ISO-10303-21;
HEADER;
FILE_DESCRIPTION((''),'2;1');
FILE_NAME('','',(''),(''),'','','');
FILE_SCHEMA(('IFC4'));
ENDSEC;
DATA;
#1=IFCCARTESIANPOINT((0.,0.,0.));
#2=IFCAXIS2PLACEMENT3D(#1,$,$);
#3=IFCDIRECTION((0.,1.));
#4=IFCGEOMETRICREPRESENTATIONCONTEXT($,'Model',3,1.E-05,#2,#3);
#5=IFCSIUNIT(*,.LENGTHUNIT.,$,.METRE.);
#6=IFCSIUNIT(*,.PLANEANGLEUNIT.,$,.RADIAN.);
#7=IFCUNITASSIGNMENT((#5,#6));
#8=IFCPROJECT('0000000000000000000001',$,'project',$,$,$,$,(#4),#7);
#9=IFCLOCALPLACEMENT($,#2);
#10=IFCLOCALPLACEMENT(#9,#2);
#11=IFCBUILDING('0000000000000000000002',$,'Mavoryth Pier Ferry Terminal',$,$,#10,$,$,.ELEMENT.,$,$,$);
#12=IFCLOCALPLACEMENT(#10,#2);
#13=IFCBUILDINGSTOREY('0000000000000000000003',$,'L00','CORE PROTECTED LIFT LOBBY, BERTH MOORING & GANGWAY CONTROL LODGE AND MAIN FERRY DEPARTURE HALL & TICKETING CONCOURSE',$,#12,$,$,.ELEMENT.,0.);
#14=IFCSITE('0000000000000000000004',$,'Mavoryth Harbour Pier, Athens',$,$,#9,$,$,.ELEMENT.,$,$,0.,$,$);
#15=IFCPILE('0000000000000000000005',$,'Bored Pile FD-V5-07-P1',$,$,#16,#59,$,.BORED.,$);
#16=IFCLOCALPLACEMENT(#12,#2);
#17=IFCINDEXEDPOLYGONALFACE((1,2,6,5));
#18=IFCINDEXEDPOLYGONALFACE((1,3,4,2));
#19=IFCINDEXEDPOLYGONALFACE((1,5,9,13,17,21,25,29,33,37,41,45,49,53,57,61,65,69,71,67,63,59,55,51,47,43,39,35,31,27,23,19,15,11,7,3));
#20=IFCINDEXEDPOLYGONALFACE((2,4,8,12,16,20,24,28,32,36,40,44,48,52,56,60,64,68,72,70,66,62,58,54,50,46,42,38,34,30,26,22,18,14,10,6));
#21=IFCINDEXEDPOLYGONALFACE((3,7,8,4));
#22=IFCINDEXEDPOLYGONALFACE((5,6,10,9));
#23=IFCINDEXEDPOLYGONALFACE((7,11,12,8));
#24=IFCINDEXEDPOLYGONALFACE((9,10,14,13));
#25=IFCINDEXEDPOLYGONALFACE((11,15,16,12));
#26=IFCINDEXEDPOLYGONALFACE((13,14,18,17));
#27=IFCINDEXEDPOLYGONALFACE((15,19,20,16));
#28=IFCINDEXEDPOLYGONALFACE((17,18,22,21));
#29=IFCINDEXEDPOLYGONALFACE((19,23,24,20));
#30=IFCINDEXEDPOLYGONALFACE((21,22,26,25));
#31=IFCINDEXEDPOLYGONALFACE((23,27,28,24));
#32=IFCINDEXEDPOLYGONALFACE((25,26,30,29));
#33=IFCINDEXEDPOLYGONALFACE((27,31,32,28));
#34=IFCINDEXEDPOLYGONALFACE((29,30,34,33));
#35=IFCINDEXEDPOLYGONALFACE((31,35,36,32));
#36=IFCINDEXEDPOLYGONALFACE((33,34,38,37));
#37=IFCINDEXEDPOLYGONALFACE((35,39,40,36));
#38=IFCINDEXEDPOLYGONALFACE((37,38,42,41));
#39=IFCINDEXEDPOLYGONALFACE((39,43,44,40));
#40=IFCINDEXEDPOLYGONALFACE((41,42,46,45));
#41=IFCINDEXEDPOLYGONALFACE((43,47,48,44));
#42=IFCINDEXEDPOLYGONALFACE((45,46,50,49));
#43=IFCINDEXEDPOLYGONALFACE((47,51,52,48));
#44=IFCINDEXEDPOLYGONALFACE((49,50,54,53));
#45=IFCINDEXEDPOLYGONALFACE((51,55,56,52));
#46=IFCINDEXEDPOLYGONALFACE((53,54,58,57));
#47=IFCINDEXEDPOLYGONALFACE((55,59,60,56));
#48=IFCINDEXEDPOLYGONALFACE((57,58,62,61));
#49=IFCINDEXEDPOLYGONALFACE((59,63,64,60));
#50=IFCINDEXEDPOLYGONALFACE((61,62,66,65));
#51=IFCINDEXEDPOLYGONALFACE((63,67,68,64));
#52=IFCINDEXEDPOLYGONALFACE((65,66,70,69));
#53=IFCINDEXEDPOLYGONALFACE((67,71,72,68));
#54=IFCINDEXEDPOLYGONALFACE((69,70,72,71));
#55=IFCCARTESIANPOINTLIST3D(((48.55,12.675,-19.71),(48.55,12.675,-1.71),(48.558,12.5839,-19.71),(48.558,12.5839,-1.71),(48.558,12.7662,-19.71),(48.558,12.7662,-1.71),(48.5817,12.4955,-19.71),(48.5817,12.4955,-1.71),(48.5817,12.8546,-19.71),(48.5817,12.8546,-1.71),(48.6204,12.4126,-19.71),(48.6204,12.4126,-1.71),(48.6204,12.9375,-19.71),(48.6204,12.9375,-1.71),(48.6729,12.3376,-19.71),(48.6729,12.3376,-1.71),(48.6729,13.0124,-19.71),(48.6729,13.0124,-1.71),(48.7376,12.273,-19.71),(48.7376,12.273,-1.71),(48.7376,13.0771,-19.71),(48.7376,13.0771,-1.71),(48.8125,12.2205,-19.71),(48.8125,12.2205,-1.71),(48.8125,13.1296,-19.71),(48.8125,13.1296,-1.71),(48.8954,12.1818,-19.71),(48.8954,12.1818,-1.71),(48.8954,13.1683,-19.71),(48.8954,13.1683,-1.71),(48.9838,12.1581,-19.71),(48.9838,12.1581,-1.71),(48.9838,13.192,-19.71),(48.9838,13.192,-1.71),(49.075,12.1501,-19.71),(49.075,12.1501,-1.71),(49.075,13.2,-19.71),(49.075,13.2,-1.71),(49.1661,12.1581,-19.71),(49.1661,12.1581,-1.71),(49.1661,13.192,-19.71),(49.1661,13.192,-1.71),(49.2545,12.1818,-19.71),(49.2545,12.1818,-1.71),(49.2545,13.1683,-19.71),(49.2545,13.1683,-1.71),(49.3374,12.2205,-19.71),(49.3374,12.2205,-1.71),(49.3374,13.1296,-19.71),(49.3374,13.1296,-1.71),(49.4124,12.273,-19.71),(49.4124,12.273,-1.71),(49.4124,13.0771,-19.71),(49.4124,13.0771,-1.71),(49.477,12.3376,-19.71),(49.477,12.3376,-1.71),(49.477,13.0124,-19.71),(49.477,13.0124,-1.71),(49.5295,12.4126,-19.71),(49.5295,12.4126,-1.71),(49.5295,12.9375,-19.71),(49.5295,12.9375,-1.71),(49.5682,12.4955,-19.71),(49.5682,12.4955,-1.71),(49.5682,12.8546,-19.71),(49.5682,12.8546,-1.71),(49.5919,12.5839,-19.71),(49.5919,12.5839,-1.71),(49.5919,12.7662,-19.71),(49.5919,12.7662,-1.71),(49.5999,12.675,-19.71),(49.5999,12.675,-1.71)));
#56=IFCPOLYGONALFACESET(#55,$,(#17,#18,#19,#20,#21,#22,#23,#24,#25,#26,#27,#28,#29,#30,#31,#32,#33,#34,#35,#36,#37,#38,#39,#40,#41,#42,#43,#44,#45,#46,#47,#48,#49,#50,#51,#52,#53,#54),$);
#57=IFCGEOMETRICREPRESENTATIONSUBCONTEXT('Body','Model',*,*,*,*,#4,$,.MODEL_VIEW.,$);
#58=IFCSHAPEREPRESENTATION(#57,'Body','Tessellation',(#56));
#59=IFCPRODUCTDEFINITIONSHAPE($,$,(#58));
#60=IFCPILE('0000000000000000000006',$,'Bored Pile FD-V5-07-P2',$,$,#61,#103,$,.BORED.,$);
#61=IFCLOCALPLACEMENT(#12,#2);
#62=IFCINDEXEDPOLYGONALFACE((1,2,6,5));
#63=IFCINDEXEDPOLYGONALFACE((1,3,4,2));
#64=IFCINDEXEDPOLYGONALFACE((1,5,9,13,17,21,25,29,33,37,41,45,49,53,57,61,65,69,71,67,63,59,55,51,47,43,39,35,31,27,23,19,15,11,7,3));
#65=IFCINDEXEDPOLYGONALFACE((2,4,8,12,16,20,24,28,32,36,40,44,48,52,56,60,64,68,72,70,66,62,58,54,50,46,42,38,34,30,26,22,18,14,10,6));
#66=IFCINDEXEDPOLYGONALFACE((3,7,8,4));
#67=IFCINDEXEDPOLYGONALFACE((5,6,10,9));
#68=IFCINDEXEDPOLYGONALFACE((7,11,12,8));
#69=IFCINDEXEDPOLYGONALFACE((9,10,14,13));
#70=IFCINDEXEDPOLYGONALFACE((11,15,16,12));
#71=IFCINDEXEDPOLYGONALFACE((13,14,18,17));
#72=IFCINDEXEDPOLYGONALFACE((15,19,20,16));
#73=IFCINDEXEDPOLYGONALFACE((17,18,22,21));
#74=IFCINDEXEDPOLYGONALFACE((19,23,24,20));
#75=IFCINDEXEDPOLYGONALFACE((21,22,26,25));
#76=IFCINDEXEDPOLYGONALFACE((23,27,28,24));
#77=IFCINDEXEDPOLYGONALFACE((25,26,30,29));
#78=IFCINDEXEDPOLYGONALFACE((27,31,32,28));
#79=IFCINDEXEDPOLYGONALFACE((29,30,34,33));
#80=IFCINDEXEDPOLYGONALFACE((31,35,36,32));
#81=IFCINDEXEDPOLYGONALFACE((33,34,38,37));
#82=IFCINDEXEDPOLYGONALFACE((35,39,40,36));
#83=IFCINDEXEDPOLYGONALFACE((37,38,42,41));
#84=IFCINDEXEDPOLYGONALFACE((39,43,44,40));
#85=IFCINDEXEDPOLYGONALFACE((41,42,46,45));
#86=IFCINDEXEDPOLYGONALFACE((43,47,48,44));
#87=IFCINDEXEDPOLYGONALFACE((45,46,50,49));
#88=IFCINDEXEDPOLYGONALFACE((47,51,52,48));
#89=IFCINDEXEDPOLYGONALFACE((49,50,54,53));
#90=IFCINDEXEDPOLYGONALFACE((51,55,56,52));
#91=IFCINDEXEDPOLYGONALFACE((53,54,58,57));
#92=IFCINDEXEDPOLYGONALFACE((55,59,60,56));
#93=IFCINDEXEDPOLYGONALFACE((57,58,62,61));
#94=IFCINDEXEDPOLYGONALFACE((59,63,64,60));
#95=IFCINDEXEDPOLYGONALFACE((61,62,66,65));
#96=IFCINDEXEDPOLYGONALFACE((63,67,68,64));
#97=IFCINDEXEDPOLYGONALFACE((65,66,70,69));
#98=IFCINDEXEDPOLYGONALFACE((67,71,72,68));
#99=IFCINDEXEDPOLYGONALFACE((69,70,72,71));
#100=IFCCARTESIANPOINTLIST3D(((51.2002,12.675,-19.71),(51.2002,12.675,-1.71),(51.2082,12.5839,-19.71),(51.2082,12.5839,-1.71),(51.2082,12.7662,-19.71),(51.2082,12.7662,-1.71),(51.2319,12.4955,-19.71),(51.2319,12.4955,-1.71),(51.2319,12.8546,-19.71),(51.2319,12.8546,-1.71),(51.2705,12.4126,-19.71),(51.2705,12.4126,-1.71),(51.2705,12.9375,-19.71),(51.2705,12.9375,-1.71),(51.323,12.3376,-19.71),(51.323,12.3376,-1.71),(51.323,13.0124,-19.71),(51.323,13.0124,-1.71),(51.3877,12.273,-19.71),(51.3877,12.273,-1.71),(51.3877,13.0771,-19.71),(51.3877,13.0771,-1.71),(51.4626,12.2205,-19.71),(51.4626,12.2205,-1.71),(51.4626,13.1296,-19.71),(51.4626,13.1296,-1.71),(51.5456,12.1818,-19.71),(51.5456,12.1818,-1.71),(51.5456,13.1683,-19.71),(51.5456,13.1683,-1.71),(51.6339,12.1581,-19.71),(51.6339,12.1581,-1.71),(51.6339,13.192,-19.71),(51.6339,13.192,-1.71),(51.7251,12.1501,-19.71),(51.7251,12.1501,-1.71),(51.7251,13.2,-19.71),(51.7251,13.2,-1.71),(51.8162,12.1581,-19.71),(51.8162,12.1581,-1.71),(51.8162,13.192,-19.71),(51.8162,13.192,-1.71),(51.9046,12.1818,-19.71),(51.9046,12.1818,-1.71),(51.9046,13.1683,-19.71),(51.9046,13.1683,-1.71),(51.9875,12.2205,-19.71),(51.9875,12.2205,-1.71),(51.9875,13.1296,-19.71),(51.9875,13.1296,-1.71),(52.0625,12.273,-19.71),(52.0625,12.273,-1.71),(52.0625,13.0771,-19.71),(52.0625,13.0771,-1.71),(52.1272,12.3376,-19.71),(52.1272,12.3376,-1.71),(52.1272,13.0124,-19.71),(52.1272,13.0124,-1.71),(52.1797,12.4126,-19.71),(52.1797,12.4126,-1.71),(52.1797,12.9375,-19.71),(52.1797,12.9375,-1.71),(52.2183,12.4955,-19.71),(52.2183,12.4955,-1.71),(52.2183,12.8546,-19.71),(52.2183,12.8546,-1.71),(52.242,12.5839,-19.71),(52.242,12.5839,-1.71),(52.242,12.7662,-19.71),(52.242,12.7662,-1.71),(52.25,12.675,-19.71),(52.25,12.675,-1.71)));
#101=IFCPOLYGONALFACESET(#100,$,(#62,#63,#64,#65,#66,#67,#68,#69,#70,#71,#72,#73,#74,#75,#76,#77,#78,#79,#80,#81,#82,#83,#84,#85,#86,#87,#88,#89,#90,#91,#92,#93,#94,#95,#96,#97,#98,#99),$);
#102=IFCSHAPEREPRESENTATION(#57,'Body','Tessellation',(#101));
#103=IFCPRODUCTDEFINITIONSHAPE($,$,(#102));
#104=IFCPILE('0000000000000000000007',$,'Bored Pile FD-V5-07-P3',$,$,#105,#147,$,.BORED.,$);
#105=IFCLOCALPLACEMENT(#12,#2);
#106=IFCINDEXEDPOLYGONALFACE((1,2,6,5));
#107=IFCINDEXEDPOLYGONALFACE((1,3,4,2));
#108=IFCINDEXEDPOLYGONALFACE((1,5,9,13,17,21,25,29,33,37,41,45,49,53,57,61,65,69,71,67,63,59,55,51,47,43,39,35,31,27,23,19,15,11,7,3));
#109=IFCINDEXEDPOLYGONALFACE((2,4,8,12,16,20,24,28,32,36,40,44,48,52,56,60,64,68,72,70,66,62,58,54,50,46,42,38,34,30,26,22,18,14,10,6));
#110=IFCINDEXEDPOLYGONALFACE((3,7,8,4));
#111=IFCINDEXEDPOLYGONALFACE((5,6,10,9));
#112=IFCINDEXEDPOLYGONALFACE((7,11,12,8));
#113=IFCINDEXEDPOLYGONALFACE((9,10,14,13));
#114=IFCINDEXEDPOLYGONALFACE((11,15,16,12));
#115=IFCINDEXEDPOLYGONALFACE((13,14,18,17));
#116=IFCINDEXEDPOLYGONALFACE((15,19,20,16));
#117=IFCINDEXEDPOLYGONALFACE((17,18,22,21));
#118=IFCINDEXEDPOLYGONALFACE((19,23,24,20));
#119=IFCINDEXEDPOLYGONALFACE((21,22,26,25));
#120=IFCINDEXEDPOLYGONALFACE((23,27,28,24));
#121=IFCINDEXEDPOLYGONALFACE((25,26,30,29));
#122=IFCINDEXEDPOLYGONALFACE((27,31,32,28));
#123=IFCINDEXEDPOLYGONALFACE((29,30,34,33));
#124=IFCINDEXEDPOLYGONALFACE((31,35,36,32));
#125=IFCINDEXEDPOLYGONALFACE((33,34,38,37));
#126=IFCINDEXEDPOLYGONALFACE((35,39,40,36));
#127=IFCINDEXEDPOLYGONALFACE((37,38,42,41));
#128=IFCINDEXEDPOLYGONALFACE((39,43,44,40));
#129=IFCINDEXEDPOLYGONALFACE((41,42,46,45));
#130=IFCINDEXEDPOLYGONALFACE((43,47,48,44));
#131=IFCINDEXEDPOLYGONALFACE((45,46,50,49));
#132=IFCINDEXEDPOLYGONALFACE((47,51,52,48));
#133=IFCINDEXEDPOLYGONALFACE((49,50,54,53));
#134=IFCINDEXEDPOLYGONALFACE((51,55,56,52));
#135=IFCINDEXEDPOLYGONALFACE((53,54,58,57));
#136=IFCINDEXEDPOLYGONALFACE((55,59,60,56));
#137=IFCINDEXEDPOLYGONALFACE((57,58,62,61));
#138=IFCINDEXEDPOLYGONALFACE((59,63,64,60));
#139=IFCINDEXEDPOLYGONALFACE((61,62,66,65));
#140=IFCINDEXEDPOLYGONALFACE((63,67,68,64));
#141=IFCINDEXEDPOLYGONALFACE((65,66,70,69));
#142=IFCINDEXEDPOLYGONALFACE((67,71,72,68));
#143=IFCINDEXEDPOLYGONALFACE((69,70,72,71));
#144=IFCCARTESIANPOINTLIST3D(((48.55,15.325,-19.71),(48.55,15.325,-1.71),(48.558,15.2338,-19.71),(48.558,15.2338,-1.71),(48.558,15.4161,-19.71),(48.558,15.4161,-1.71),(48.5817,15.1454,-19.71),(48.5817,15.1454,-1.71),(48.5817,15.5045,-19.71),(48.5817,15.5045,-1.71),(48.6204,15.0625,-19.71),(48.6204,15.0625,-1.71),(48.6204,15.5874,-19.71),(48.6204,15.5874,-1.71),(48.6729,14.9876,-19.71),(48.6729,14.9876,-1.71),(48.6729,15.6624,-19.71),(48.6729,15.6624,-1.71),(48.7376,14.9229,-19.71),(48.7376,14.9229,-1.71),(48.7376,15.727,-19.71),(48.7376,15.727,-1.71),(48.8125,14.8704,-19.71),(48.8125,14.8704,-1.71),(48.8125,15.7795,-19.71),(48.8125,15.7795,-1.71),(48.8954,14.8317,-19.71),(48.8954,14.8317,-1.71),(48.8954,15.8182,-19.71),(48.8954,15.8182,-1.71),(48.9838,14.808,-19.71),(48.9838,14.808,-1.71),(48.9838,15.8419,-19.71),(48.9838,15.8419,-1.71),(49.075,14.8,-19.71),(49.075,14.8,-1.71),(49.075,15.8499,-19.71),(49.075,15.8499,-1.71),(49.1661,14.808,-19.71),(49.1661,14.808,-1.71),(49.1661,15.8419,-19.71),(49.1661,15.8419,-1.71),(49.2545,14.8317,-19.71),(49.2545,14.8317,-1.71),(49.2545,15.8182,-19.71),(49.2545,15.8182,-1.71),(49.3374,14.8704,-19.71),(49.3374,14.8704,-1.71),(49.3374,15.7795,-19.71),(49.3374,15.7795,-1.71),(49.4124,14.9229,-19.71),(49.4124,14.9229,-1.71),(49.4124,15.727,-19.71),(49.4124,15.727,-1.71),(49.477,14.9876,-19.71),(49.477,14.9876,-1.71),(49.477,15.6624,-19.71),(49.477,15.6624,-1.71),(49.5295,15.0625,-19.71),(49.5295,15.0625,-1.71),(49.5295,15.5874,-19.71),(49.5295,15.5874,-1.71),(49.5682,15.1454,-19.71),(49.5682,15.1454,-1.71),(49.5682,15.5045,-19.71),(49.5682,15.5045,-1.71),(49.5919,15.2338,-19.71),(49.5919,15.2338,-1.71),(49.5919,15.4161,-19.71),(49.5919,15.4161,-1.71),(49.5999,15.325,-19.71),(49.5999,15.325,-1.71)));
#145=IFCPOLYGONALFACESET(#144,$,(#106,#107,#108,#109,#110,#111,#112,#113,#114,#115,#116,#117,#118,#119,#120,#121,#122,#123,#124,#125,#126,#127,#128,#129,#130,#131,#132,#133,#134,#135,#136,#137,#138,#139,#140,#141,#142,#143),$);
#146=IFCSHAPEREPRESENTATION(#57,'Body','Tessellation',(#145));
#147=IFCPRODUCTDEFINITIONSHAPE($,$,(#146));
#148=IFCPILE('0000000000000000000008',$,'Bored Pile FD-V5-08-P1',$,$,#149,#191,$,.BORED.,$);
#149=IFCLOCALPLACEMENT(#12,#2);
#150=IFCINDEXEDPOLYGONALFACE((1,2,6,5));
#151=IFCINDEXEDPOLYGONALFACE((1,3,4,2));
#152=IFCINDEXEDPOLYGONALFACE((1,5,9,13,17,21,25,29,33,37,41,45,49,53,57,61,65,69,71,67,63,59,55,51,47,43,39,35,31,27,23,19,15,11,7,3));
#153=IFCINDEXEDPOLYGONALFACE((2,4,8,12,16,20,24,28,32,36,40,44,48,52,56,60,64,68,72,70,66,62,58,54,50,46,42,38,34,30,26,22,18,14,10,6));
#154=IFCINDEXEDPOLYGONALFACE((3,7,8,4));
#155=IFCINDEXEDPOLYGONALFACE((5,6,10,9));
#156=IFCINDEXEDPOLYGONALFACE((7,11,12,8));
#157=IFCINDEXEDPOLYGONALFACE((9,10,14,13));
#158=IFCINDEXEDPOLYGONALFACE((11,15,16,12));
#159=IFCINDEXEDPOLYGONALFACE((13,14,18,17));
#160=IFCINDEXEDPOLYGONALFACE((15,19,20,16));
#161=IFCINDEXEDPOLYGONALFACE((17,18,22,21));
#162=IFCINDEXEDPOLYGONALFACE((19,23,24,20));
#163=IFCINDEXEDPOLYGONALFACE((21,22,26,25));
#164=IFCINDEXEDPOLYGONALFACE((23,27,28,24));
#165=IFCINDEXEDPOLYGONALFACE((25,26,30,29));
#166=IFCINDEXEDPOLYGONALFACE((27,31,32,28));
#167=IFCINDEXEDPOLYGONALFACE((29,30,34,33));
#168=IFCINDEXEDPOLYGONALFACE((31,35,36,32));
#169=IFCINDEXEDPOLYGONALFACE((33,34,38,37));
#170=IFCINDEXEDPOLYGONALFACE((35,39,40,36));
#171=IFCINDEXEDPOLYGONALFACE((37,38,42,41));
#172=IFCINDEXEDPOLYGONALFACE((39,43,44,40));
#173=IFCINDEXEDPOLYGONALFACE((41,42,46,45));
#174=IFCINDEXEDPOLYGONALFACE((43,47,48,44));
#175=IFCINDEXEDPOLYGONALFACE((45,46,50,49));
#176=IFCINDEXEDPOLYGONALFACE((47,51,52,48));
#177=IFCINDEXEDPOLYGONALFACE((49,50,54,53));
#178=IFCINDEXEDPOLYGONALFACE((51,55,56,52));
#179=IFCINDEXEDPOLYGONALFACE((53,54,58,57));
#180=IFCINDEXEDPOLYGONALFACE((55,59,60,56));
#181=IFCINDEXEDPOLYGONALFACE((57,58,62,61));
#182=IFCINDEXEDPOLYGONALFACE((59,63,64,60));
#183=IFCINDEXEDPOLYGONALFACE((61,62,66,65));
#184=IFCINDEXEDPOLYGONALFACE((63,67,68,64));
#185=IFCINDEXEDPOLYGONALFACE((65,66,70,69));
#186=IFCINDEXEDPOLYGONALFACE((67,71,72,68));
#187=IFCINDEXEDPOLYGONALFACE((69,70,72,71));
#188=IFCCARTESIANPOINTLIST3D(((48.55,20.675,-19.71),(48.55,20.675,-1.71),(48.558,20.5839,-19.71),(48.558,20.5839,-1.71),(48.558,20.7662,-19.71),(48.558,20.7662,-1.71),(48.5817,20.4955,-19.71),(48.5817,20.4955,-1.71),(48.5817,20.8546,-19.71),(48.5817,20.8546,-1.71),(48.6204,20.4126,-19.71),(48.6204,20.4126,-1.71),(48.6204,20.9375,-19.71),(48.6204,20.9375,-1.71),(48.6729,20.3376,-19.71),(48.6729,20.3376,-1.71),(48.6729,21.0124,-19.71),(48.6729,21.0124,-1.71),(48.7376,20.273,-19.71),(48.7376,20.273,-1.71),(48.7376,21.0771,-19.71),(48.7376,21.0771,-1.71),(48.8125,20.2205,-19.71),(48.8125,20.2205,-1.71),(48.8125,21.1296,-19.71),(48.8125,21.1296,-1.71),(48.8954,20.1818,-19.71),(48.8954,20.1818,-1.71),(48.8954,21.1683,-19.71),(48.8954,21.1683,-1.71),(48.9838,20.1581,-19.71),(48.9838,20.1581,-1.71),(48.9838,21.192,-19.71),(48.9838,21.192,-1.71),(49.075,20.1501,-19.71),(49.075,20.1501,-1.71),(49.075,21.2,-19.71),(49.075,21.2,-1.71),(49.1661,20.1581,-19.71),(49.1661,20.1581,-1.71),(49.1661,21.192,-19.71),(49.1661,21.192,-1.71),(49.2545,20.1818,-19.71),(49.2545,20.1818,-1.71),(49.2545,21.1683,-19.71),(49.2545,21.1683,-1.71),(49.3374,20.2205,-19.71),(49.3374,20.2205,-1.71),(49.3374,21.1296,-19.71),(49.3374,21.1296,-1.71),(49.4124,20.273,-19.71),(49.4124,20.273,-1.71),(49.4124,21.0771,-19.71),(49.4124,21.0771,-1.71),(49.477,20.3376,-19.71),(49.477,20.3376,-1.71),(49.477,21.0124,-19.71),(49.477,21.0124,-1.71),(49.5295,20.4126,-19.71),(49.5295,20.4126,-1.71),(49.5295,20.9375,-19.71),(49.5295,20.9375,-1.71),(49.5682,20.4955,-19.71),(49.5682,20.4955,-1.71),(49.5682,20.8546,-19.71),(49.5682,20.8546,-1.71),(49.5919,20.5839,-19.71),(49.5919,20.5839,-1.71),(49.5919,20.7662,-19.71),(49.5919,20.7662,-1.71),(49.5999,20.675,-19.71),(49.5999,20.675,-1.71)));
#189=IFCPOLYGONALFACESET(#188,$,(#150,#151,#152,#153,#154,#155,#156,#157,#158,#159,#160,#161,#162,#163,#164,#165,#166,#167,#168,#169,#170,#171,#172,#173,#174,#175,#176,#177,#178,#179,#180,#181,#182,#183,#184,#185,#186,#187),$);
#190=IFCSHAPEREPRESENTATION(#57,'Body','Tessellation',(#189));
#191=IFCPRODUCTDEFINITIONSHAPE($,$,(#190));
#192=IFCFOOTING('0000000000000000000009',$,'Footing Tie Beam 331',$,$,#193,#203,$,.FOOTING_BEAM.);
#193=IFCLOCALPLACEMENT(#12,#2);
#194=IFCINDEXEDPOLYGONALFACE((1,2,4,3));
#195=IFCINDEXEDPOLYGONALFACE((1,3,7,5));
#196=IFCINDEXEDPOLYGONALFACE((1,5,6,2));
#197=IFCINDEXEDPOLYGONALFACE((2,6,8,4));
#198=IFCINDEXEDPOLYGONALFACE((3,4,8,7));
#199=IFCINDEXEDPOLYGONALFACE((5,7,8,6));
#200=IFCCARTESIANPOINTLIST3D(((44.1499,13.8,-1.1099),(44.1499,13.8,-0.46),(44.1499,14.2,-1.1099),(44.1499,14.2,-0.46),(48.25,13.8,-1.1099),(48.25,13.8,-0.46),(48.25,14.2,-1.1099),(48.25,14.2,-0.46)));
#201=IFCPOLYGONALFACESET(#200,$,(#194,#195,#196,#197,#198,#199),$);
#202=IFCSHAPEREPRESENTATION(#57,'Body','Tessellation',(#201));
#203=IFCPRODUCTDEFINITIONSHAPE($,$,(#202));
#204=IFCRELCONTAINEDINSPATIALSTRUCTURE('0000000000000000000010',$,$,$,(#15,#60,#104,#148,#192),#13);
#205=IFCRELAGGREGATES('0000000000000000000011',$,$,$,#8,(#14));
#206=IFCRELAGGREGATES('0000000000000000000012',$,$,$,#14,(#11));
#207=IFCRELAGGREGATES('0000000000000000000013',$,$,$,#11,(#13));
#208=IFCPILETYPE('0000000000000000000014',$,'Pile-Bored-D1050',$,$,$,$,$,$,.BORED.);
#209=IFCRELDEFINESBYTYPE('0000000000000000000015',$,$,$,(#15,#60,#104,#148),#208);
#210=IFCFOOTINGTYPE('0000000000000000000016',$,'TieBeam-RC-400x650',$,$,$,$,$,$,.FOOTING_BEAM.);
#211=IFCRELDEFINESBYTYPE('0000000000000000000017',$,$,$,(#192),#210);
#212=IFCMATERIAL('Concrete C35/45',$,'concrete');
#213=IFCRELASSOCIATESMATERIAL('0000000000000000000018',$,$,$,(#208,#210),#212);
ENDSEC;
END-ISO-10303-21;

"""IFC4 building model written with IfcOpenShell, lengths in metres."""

from ifc_helpers import new_model, si_unit, direction, frame, origin, origin_2d, place, context, subcontext, project, spatial, rectangle, circle, extrude, material, material_profile, profile_set, type_object, element, save


model = new_model("IFC4")

# Units and contexts
model_context = context("Model", 3, precision=1e-05, world=origin(), true_north=direction((0.0, 1.0)))
body_context = subcontext(model_context, "Body", "Model", "MODEL_VIEW")
ifc_project = project(units=[si_unit("LENGTHUNIT", "METRE"), si_unit("PLANEANGLEUNIT", "RADIAN")], contexts=[model_context])

# Site, building, storey
site_placement = place(None, origin())
site = spatial("IfcSite", under=ifc_project, at=site_placement, Name="Mavoryth Harbour Pier, Athens", CompositionType="ELEMENT", RefElevation=0.0)
building_placement = place(site_placement, origin())
building = spatial("IfcBuilding", under=site, at=building_placement, Name="Mavoryth Pier Ferry Terminal", CompositionType="ELEMENT")
storey_placement = place(building_placement, origin())
storey = spatial("IfcBuildingStorey", under=building, at=storey_placement, Name="L00", Description="CORE PROTECTED LIFT LOBBY, BERTH MOORING & GANGWAY CONTROL LODGE AND MAIN FERRY DEPARTURE HALL & TICKETING CONCOURSE", CompositionType="ELEMENT", Elevation=0.0)

# Shared definitions
ifc_material_1 = material(Name="Concrete C35/45", Category="concrete")

# Piles
ifc_material_profile_1 = material_profile(ifc_material_1, circle(Radius=0.5249, at=origin_2d()), Name="PILE D1050", Category="concrete")
ifc_profile_set_1 = profile_set([ifc_material_profile_1], Name="Concrete C35/45 - PILE D1050")
pile_type = type_object("IfcPileType", Name="Pile-Bored-D1050", PredefinedType="BORED", material=ifc_profile_set_1)
for number, where, z_axis, x_axis, name in (
    (1, (49.075, 12.675, -1.71), (0.0, 0.0, -1.0), (1.0, 0.0, 0.0), "Bored Pile FD-V5-07-P1"),
    (2, (51.7251, 12.675, -1.71), (0.0, 0.0, -1.0), (1.0, 0.0, 0.0), "Bored Pile FD-V5-07-P2"),
    (3, (49.075, 15.325, -1.71), (0.0, 0.0, -1.0), (1.0, 0.0, 0.0), "Bored Pile FD-V5-07-P3"),
    (4, (49.075, 20.675, -1.71), (0.0, 0.0, -1.0), (1.0, 0.0, 0.0), "Bored Pile FD-V5-08-P1"),
):
    element("IfcPile", number, at=place(storey_placement, frame(where, z_axis=z_axis, x_axis=x_axis)), inside=storey, type_object=pile_type, Name=name, PredefinedType="BORED", context=body_context, shape_type="SweptSolid", body=[
        extrude(circle(Radius=0.5249, at=origin_2d()), origin(), (0.0, 0.0, 1.0), 18.0),
    ])

# Footing
ifc_material_profile_2 = material_profile(ifc_material_1, rectangle(XDim=0.3999, YDim=0.6499, at=origin_2d()), Name="RC 400x650", Category="concrete")
ifc_profile_set_2 = profile_set([ifc_material_profile_2], Name="Concrete C35/45 - RC 400x650")
footing_type_1 = type_object("IfcFootingType", Name="TieBeam-RC-400x650", PredefinedType="FOOTING_BEAM", material=ifc_profile_set_2)
for number, where, z_axis, x_axis, name in (
    (5, (44.1499, 14.0, -0.7849), (1.0, 0.0, 0.0), (0.0, 1.0, 0.0), "Footing Tie Beam 331"),
):
    element("IfcFooting", number, at=place(storey_placement, frame(where, z_axis=z_axis, x_axis=x_axis)), inside=storey, type_object=footing_type_1, Name=name, PredefinedType="FOOTING_BEAM", context=body_context, shape_type="SweptSolid", body=[
        extrude(rectangle(XDim=0.3999, YDim=0.6499, at=origin_2d()), origin(), (0.0, 0.0, 1.0), 4.1001),
    ])

save(model, "model.ifc")
